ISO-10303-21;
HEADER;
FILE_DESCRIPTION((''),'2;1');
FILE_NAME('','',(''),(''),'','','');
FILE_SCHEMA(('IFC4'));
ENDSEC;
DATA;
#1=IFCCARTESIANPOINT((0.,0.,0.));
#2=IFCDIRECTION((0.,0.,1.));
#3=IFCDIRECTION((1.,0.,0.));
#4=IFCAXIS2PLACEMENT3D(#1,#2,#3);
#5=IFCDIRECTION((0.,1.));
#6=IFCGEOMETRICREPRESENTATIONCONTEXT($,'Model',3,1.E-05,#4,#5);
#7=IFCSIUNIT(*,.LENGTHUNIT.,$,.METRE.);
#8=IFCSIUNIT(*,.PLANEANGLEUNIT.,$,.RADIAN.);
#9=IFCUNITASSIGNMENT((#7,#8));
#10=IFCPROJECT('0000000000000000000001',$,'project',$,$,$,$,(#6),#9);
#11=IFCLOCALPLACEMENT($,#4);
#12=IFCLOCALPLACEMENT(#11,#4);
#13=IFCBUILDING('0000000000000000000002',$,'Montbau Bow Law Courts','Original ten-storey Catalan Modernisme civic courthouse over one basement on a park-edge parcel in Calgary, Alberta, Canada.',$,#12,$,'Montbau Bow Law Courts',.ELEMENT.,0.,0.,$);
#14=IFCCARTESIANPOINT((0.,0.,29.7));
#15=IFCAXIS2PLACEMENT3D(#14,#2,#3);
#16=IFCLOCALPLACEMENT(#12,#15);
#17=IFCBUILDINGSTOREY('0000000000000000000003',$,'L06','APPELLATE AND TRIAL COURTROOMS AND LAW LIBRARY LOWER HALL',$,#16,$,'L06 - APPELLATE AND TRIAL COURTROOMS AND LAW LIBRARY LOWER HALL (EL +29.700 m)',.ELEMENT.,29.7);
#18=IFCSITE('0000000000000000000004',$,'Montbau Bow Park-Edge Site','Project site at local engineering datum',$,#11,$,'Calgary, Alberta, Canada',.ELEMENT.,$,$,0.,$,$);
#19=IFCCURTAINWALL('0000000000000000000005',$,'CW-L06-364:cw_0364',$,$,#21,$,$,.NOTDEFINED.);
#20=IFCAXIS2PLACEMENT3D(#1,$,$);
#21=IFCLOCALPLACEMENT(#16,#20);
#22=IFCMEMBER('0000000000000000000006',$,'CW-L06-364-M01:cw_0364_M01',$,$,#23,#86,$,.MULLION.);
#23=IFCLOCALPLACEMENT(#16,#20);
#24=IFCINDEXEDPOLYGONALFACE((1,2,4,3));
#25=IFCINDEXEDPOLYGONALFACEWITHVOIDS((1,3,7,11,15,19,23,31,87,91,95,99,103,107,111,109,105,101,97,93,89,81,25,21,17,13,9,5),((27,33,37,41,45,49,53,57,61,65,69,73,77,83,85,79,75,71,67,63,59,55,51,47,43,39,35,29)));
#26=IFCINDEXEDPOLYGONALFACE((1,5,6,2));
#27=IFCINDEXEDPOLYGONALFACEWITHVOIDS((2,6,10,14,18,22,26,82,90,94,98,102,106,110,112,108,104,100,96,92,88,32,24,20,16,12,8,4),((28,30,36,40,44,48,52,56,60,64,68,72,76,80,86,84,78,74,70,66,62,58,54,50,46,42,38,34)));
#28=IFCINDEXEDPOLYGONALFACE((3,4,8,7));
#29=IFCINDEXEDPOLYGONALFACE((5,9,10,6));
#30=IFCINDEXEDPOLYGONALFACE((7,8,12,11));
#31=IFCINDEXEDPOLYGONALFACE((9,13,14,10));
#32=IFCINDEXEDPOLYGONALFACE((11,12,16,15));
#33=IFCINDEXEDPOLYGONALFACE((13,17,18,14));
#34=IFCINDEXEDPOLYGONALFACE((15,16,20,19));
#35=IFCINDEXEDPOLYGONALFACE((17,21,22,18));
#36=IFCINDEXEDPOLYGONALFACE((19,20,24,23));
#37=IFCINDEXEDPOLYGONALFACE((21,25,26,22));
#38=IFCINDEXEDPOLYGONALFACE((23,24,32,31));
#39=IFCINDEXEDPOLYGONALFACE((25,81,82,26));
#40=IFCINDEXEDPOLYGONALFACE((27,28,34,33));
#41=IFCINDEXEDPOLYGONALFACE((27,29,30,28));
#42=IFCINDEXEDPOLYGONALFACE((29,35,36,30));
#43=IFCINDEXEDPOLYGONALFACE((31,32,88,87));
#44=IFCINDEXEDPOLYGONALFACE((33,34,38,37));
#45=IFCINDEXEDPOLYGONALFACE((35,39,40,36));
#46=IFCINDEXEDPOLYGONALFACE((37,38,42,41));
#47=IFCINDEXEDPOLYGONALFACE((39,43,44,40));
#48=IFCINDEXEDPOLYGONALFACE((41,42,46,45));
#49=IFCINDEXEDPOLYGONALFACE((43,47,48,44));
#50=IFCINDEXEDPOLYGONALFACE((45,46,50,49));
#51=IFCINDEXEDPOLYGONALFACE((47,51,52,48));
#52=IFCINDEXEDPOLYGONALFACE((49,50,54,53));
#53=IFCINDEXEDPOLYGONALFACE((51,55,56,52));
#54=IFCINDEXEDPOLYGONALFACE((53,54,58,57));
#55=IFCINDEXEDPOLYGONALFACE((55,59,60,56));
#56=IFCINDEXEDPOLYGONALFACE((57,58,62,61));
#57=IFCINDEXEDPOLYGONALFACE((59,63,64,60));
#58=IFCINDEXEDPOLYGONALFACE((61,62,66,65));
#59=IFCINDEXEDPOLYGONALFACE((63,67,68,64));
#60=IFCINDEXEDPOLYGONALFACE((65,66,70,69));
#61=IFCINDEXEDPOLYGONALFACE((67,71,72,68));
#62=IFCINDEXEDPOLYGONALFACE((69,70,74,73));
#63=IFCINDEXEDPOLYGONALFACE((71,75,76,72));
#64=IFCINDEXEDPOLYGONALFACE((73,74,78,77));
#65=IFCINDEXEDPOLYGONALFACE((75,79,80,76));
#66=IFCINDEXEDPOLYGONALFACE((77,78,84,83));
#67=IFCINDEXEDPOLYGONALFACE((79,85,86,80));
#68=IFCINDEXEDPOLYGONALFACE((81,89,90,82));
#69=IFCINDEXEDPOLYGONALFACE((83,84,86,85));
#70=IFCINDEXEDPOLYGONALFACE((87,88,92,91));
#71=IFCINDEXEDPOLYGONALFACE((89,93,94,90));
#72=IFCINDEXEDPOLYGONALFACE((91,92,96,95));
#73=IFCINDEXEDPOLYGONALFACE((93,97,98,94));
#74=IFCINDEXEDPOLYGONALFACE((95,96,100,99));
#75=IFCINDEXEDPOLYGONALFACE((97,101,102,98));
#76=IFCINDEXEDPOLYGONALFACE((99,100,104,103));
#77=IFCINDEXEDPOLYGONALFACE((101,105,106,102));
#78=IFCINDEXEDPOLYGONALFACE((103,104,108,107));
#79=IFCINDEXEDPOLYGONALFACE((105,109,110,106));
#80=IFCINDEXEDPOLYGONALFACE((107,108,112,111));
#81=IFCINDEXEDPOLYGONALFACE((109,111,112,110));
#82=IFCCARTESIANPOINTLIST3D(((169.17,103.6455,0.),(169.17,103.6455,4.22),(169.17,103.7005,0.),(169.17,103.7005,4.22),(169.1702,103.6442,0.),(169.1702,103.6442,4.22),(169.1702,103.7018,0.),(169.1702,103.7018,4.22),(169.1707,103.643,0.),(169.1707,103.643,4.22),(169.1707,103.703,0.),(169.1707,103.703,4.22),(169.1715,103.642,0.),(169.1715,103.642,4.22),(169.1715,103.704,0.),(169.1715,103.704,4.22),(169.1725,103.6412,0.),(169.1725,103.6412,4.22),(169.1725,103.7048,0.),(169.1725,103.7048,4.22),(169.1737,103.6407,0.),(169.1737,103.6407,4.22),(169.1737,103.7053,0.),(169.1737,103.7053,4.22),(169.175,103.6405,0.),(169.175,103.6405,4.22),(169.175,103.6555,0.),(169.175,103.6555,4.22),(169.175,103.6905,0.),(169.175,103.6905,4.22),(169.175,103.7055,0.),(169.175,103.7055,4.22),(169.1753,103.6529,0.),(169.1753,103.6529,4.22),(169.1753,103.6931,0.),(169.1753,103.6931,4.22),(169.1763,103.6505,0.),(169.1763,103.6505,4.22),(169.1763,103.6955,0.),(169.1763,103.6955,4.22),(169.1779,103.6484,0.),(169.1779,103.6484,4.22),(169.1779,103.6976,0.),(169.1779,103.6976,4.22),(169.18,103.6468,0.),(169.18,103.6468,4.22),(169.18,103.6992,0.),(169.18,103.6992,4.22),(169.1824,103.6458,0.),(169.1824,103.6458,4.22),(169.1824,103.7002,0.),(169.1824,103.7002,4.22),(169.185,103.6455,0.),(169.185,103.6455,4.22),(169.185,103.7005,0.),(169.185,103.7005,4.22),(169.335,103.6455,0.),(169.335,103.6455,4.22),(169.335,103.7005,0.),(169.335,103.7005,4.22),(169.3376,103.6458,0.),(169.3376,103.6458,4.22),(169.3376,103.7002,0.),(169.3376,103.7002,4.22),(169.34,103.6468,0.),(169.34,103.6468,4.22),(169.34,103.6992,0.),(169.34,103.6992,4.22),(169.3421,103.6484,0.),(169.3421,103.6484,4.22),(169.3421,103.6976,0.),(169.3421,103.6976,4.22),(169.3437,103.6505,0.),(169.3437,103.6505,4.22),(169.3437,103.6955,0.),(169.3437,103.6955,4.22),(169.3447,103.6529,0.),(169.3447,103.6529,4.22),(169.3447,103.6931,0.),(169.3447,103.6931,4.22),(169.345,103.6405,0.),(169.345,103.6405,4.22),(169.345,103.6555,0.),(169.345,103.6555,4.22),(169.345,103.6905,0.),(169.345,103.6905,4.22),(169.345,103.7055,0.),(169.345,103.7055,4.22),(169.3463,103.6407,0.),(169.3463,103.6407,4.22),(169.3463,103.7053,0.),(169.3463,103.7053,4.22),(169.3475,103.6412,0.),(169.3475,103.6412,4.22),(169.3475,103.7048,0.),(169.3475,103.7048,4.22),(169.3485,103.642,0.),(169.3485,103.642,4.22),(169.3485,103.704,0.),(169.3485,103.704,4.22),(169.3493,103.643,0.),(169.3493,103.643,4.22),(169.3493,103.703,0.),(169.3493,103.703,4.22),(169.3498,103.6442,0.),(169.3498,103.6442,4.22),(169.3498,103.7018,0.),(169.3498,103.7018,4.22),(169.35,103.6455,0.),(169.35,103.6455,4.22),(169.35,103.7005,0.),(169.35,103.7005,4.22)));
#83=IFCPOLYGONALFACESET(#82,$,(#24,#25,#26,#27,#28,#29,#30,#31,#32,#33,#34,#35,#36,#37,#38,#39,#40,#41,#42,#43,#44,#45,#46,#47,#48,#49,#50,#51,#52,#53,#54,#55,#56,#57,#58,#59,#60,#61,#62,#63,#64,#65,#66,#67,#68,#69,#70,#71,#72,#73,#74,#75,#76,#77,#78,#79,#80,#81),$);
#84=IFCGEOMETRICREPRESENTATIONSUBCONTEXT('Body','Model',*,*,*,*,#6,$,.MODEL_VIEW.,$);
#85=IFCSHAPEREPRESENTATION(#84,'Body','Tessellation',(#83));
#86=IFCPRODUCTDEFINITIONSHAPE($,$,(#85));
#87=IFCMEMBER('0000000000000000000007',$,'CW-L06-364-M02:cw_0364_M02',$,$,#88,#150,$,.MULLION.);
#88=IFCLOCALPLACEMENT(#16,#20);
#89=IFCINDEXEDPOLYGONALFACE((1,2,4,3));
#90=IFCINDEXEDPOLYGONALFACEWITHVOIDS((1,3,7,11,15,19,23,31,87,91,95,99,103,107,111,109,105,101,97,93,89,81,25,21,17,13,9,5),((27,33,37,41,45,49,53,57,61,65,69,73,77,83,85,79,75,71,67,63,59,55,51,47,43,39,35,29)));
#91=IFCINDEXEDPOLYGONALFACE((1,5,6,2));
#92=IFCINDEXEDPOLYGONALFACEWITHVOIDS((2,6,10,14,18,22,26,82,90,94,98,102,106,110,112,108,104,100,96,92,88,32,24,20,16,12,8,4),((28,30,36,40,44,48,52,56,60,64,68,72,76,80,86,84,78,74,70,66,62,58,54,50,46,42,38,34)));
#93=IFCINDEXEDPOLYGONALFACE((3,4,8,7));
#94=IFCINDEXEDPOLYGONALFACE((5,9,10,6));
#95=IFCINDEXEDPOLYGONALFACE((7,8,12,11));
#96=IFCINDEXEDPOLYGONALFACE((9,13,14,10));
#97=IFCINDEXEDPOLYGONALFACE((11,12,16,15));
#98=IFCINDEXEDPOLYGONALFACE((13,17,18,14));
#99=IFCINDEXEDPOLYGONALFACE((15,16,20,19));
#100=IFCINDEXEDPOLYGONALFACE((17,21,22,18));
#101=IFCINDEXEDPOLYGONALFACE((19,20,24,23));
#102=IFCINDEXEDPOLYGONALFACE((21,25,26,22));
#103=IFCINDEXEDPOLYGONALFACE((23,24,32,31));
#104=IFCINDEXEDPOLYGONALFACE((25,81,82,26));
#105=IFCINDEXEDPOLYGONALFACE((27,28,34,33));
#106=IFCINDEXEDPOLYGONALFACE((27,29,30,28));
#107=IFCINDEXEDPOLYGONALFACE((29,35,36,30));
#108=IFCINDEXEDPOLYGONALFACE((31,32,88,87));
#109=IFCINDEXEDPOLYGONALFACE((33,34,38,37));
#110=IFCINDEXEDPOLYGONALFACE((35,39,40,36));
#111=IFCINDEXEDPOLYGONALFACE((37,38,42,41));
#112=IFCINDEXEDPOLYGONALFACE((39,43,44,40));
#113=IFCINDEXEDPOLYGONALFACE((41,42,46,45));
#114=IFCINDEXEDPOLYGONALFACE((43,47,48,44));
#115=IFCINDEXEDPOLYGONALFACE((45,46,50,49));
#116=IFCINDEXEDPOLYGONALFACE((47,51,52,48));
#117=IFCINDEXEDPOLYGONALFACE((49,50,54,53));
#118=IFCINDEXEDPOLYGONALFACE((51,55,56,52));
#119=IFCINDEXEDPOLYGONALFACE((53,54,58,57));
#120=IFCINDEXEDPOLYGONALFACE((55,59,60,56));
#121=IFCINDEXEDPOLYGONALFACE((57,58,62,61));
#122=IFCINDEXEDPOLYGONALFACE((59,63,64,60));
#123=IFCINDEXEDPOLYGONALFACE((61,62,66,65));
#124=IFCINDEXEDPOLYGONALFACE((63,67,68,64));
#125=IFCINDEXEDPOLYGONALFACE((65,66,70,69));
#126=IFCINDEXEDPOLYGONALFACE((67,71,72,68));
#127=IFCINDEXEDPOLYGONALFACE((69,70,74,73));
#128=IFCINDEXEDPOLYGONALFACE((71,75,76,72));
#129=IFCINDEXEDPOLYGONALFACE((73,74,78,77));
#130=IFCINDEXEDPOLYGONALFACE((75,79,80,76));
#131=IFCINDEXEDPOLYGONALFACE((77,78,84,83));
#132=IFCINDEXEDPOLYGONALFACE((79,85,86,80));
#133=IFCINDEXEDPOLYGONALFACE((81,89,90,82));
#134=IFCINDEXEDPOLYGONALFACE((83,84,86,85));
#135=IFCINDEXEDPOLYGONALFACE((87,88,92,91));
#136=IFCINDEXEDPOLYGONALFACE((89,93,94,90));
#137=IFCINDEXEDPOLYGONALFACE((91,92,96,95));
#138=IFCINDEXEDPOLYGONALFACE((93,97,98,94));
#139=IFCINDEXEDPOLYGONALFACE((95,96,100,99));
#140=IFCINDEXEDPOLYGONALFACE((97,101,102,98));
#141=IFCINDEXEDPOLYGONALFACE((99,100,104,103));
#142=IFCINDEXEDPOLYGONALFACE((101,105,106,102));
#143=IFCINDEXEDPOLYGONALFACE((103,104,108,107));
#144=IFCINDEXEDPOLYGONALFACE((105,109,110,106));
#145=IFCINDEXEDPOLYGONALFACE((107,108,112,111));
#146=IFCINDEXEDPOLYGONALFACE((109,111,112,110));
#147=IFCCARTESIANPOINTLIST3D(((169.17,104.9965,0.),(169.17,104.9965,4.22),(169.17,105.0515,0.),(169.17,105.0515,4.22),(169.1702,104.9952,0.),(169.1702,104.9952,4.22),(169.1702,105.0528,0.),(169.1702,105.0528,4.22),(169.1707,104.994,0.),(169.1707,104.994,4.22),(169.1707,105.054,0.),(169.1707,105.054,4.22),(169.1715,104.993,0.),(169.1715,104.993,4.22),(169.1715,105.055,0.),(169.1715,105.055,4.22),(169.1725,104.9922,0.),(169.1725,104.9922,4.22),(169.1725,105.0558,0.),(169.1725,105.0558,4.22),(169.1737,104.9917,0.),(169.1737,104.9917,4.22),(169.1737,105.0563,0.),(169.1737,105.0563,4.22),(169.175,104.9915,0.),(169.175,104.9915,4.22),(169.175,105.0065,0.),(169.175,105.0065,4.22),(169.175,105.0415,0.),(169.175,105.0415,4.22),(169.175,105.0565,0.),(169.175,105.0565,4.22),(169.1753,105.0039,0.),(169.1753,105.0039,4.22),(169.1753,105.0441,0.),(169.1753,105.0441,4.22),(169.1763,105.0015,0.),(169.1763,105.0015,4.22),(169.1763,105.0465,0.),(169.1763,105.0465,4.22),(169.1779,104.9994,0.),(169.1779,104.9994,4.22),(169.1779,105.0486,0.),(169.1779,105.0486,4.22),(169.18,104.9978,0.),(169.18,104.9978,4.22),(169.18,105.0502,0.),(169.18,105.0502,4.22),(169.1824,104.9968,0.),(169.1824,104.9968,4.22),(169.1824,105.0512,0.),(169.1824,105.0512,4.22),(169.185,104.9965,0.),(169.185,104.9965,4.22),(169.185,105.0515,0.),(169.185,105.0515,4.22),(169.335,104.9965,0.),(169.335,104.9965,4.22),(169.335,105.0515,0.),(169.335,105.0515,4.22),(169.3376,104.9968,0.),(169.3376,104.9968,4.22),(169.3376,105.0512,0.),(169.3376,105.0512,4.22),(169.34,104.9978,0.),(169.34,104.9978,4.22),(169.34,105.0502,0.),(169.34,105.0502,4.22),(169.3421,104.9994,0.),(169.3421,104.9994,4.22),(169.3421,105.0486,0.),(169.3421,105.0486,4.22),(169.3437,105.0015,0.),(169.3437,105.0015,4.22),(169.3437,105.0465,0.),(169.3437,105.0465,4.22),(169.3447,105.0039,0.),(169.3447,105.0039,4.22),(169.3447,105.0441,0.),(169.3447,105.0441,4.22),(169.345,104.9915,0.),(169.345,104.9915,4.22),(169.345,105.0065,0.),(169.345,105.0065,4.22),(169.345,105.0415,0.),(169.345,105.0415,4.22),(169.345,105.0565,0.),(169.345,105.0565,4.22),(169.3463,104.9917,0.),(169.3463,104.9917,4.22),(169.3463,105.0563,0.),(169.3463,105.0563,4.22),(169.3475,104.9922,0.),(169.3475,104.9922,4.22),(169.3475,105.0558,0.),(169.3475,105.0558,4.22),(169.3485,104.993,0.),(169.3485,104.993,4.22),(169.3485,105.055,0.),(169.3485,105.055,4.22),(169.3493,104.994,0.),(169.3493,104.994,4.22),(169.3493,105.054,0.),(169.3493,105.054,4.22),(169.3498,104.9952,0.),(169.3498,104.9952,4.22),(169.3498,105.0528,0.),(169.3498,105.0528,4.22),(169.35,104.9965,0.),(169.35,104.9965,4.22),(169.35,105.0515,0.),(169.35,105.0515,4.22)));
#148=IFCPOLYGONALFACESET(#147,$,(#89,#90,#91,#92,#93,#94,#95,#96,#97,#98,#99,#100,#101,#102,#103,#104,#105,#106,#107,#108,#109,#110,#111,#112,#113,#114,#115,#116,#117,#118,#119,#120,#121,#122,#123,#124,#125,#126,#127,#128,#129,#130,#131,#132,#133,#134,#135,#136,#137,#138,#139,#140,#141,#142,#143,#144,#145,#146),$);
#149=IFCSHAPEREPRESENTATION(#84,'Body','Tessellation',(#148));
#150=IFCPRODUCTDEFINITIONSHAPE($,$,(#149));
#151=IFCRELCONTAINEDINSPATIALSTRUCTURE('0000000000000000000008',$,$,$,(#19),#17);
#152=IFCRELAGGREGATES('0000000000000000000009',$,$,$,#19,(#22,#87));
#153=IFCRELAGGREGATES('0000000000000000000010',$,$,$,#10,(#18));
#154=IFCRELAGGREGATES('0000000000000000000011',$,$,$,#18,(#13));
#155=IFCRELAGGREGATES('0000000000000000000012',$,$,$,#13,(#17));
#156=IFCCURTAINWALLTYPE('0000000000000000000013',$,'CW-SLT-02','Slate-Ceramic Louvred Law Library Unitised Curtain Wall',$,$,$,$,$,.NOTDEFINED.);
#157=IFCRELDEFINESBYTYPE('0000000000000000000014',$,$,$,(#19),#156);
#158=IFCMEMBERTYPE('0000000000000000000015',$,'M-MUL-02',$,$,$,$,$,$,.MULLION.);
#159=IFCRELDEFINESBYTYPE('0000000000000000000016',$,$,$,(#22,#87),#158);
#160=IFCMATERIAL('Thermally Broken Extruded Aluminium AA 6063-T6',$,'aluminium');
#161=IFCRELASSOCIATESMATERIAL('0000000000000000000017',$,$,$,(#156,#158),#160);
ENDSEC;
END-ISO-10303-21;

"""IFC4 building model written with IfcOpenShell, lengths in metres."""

from ifc_helpers import new_model, si_unit, direction, frame, origin_with_axes, origin_2d_with_axis, place, context, subcontext, project, spatial, hollow_rectangle, extrude, material, material_profile, profile_set, type_object, element, aggregate, save


model = new_model("IFC4")

# Units and contexts
model_context = context("Model", 3, precision=1e-05, world=origin_with_axes(), true_north=direction((0.0, 1.0)))
body_context = subcontext(model_context, "Body", "Model", "MODEL_VIEW")
ifc_project = project(units=[si_unit("LENGTHUNIT", "METRE"), si_unit("PLANEANGLEUNIT", "RADIAN")], contexts=[model_context])

# Site, building, storey
site_placement = place(None, origin_with_axes())
site = spatial("IfcSite", under=ifc_project, at=site_placement, Name="Montbau Bow Park-Edge Site", Description="Project site at local engineering datum", LongName="Calgary, Alberta, Canada", CompositionType="ELEMENT", RefElevation=0.0)
building_placement = place(site_placement, origin_with_axes())
building = spatial("IfcBuilding", under=site, at=building_placement, Name="Montbau Bow Law Courts", Description="Original ten-storey Catalan Modernisme civic courthouse over one basement on a park-edge parcel in Calgary, Alberta, Canada.", LongName="Montbau Bow Law Courts", CompositionType="ELEMENT", ElevationOfRefHeight=0.0, ElevationOfTerrain=0.0)
storey_placement = place(building_placement, frame((0.0, 0.0, 29.7), z_axis=(0.0, 0.0, 1.0), x_axis=(1.0, 0.0, 0.0)))
storey = spatial("IfcBuildingStorey", under=building, at=storey_placement, Name="L06", Description="APPELLATE AND TRIAL COURTROOMS AND LAW LIBRARY LOWER HALL", LongName="L06 - APPELLATE AND TRIAL COURTROOMS AND LAW LIBRARY LOWER HALL (EL +29.700 m)", CompositionType="ELEMENT", Elevation=29.7)

# Shared definitions
ifc_material_1 = material(Name="Thermally Broken Extruded Aluminium AA 6063-T6", Category="aluminium")
curtain_wall_type = type_object("IfcCurtainWallType", Name="CW-SLT-02", Description="Slate-Ceramic Louvred Law Library Unitised Curtain Wall", PredefinedType="NOTDEFINED", material=ifc_material_1)

# Curtain wall, members
curtain_wall_1_placement = place(None, frame((169.26, 103.64, 29.7), z_axis=(0.0, 0.0, 1.0), x_axis=(1.0, 0.0, 0.0)))
curtain_wall_1 = element("IfcCurtainWall", 1, at=curtain_wall_1_placement, inside=storey, type_object=curtain_wall_type, Name="CW-L06-364:cw_0364", PredefinedType="NOTDEFINED")
ifc_material_profile_1 = material_profile(ifc_material_1, hollow_rectangle(XDim=0.065, YDim=0.18, WallThickness=0.005, InnerFilletRadius=0.01, OuterFilletRadius=0.005, at=origin_2d_with_axis()), Name="CWM-180X65", Category="Main", Priority=0)
ifc_profile_set_1 = profile_set([ifc_material_profile_1], Name="Thermally Broken Extruded Aluminium AA 6063-T6")
member_type_1 = type_object("IfcMemberType", Name="M-MUL-02", PredefinedType="MULLION", material=ifc_profile_set_1)
member_1_placement = place(None, frame((169.26, 103.673, 29.7), z_axis=(0.0, 0.0, 1.0), x_axis=(0.0, 1.0, 0.0)))
member_1 = element("IfcMember", 2, at=member_1_placement, type_object=member_type_1, Name="CW-L06-364-M01:cw_0364_M01", PredefinedType="MULLION", context=body_context, shape_type="SweptSolid", body=[
    extrude(hollow_rectangle(XDim=0.065, YDim=0.18, WallThickness=0.005, InnerFilletRadius=0.01, OuterFilletRadius=0.005, at=origin_2d_with_axis()), origin_with_axes(), (0.0, 0.0, 1.0), 4.22),
])
member_2_placement = place(None, frame((169.26, 105.024, 29.7), z_axis=(0.0, 0.0, 1.0), x_axis=(0.0, 1.0, 0.0)))
member_2 = element("IfcMember", 3, at=member_2_placement, type_object=member_type_1, Name="CW-L06-364-M02:cw_0364_M02", PredefinedType="MULLION", context=body_context, shape_type="SweptSolid", body=[
    extrude(hollow_rectangle(XDim=0.065, YDim=0.18, WallThickness=0.005, InnerFilletRadius=0.01, OuterFilletRadius=0.005, at=origin_2d_with_axis()), origin_with_axes(), (0.0, 0.0, 1.0), 4.22),
])

aggregate(curtain_wall_1, [member_1, member_2])

save(model, "model.ifc")
